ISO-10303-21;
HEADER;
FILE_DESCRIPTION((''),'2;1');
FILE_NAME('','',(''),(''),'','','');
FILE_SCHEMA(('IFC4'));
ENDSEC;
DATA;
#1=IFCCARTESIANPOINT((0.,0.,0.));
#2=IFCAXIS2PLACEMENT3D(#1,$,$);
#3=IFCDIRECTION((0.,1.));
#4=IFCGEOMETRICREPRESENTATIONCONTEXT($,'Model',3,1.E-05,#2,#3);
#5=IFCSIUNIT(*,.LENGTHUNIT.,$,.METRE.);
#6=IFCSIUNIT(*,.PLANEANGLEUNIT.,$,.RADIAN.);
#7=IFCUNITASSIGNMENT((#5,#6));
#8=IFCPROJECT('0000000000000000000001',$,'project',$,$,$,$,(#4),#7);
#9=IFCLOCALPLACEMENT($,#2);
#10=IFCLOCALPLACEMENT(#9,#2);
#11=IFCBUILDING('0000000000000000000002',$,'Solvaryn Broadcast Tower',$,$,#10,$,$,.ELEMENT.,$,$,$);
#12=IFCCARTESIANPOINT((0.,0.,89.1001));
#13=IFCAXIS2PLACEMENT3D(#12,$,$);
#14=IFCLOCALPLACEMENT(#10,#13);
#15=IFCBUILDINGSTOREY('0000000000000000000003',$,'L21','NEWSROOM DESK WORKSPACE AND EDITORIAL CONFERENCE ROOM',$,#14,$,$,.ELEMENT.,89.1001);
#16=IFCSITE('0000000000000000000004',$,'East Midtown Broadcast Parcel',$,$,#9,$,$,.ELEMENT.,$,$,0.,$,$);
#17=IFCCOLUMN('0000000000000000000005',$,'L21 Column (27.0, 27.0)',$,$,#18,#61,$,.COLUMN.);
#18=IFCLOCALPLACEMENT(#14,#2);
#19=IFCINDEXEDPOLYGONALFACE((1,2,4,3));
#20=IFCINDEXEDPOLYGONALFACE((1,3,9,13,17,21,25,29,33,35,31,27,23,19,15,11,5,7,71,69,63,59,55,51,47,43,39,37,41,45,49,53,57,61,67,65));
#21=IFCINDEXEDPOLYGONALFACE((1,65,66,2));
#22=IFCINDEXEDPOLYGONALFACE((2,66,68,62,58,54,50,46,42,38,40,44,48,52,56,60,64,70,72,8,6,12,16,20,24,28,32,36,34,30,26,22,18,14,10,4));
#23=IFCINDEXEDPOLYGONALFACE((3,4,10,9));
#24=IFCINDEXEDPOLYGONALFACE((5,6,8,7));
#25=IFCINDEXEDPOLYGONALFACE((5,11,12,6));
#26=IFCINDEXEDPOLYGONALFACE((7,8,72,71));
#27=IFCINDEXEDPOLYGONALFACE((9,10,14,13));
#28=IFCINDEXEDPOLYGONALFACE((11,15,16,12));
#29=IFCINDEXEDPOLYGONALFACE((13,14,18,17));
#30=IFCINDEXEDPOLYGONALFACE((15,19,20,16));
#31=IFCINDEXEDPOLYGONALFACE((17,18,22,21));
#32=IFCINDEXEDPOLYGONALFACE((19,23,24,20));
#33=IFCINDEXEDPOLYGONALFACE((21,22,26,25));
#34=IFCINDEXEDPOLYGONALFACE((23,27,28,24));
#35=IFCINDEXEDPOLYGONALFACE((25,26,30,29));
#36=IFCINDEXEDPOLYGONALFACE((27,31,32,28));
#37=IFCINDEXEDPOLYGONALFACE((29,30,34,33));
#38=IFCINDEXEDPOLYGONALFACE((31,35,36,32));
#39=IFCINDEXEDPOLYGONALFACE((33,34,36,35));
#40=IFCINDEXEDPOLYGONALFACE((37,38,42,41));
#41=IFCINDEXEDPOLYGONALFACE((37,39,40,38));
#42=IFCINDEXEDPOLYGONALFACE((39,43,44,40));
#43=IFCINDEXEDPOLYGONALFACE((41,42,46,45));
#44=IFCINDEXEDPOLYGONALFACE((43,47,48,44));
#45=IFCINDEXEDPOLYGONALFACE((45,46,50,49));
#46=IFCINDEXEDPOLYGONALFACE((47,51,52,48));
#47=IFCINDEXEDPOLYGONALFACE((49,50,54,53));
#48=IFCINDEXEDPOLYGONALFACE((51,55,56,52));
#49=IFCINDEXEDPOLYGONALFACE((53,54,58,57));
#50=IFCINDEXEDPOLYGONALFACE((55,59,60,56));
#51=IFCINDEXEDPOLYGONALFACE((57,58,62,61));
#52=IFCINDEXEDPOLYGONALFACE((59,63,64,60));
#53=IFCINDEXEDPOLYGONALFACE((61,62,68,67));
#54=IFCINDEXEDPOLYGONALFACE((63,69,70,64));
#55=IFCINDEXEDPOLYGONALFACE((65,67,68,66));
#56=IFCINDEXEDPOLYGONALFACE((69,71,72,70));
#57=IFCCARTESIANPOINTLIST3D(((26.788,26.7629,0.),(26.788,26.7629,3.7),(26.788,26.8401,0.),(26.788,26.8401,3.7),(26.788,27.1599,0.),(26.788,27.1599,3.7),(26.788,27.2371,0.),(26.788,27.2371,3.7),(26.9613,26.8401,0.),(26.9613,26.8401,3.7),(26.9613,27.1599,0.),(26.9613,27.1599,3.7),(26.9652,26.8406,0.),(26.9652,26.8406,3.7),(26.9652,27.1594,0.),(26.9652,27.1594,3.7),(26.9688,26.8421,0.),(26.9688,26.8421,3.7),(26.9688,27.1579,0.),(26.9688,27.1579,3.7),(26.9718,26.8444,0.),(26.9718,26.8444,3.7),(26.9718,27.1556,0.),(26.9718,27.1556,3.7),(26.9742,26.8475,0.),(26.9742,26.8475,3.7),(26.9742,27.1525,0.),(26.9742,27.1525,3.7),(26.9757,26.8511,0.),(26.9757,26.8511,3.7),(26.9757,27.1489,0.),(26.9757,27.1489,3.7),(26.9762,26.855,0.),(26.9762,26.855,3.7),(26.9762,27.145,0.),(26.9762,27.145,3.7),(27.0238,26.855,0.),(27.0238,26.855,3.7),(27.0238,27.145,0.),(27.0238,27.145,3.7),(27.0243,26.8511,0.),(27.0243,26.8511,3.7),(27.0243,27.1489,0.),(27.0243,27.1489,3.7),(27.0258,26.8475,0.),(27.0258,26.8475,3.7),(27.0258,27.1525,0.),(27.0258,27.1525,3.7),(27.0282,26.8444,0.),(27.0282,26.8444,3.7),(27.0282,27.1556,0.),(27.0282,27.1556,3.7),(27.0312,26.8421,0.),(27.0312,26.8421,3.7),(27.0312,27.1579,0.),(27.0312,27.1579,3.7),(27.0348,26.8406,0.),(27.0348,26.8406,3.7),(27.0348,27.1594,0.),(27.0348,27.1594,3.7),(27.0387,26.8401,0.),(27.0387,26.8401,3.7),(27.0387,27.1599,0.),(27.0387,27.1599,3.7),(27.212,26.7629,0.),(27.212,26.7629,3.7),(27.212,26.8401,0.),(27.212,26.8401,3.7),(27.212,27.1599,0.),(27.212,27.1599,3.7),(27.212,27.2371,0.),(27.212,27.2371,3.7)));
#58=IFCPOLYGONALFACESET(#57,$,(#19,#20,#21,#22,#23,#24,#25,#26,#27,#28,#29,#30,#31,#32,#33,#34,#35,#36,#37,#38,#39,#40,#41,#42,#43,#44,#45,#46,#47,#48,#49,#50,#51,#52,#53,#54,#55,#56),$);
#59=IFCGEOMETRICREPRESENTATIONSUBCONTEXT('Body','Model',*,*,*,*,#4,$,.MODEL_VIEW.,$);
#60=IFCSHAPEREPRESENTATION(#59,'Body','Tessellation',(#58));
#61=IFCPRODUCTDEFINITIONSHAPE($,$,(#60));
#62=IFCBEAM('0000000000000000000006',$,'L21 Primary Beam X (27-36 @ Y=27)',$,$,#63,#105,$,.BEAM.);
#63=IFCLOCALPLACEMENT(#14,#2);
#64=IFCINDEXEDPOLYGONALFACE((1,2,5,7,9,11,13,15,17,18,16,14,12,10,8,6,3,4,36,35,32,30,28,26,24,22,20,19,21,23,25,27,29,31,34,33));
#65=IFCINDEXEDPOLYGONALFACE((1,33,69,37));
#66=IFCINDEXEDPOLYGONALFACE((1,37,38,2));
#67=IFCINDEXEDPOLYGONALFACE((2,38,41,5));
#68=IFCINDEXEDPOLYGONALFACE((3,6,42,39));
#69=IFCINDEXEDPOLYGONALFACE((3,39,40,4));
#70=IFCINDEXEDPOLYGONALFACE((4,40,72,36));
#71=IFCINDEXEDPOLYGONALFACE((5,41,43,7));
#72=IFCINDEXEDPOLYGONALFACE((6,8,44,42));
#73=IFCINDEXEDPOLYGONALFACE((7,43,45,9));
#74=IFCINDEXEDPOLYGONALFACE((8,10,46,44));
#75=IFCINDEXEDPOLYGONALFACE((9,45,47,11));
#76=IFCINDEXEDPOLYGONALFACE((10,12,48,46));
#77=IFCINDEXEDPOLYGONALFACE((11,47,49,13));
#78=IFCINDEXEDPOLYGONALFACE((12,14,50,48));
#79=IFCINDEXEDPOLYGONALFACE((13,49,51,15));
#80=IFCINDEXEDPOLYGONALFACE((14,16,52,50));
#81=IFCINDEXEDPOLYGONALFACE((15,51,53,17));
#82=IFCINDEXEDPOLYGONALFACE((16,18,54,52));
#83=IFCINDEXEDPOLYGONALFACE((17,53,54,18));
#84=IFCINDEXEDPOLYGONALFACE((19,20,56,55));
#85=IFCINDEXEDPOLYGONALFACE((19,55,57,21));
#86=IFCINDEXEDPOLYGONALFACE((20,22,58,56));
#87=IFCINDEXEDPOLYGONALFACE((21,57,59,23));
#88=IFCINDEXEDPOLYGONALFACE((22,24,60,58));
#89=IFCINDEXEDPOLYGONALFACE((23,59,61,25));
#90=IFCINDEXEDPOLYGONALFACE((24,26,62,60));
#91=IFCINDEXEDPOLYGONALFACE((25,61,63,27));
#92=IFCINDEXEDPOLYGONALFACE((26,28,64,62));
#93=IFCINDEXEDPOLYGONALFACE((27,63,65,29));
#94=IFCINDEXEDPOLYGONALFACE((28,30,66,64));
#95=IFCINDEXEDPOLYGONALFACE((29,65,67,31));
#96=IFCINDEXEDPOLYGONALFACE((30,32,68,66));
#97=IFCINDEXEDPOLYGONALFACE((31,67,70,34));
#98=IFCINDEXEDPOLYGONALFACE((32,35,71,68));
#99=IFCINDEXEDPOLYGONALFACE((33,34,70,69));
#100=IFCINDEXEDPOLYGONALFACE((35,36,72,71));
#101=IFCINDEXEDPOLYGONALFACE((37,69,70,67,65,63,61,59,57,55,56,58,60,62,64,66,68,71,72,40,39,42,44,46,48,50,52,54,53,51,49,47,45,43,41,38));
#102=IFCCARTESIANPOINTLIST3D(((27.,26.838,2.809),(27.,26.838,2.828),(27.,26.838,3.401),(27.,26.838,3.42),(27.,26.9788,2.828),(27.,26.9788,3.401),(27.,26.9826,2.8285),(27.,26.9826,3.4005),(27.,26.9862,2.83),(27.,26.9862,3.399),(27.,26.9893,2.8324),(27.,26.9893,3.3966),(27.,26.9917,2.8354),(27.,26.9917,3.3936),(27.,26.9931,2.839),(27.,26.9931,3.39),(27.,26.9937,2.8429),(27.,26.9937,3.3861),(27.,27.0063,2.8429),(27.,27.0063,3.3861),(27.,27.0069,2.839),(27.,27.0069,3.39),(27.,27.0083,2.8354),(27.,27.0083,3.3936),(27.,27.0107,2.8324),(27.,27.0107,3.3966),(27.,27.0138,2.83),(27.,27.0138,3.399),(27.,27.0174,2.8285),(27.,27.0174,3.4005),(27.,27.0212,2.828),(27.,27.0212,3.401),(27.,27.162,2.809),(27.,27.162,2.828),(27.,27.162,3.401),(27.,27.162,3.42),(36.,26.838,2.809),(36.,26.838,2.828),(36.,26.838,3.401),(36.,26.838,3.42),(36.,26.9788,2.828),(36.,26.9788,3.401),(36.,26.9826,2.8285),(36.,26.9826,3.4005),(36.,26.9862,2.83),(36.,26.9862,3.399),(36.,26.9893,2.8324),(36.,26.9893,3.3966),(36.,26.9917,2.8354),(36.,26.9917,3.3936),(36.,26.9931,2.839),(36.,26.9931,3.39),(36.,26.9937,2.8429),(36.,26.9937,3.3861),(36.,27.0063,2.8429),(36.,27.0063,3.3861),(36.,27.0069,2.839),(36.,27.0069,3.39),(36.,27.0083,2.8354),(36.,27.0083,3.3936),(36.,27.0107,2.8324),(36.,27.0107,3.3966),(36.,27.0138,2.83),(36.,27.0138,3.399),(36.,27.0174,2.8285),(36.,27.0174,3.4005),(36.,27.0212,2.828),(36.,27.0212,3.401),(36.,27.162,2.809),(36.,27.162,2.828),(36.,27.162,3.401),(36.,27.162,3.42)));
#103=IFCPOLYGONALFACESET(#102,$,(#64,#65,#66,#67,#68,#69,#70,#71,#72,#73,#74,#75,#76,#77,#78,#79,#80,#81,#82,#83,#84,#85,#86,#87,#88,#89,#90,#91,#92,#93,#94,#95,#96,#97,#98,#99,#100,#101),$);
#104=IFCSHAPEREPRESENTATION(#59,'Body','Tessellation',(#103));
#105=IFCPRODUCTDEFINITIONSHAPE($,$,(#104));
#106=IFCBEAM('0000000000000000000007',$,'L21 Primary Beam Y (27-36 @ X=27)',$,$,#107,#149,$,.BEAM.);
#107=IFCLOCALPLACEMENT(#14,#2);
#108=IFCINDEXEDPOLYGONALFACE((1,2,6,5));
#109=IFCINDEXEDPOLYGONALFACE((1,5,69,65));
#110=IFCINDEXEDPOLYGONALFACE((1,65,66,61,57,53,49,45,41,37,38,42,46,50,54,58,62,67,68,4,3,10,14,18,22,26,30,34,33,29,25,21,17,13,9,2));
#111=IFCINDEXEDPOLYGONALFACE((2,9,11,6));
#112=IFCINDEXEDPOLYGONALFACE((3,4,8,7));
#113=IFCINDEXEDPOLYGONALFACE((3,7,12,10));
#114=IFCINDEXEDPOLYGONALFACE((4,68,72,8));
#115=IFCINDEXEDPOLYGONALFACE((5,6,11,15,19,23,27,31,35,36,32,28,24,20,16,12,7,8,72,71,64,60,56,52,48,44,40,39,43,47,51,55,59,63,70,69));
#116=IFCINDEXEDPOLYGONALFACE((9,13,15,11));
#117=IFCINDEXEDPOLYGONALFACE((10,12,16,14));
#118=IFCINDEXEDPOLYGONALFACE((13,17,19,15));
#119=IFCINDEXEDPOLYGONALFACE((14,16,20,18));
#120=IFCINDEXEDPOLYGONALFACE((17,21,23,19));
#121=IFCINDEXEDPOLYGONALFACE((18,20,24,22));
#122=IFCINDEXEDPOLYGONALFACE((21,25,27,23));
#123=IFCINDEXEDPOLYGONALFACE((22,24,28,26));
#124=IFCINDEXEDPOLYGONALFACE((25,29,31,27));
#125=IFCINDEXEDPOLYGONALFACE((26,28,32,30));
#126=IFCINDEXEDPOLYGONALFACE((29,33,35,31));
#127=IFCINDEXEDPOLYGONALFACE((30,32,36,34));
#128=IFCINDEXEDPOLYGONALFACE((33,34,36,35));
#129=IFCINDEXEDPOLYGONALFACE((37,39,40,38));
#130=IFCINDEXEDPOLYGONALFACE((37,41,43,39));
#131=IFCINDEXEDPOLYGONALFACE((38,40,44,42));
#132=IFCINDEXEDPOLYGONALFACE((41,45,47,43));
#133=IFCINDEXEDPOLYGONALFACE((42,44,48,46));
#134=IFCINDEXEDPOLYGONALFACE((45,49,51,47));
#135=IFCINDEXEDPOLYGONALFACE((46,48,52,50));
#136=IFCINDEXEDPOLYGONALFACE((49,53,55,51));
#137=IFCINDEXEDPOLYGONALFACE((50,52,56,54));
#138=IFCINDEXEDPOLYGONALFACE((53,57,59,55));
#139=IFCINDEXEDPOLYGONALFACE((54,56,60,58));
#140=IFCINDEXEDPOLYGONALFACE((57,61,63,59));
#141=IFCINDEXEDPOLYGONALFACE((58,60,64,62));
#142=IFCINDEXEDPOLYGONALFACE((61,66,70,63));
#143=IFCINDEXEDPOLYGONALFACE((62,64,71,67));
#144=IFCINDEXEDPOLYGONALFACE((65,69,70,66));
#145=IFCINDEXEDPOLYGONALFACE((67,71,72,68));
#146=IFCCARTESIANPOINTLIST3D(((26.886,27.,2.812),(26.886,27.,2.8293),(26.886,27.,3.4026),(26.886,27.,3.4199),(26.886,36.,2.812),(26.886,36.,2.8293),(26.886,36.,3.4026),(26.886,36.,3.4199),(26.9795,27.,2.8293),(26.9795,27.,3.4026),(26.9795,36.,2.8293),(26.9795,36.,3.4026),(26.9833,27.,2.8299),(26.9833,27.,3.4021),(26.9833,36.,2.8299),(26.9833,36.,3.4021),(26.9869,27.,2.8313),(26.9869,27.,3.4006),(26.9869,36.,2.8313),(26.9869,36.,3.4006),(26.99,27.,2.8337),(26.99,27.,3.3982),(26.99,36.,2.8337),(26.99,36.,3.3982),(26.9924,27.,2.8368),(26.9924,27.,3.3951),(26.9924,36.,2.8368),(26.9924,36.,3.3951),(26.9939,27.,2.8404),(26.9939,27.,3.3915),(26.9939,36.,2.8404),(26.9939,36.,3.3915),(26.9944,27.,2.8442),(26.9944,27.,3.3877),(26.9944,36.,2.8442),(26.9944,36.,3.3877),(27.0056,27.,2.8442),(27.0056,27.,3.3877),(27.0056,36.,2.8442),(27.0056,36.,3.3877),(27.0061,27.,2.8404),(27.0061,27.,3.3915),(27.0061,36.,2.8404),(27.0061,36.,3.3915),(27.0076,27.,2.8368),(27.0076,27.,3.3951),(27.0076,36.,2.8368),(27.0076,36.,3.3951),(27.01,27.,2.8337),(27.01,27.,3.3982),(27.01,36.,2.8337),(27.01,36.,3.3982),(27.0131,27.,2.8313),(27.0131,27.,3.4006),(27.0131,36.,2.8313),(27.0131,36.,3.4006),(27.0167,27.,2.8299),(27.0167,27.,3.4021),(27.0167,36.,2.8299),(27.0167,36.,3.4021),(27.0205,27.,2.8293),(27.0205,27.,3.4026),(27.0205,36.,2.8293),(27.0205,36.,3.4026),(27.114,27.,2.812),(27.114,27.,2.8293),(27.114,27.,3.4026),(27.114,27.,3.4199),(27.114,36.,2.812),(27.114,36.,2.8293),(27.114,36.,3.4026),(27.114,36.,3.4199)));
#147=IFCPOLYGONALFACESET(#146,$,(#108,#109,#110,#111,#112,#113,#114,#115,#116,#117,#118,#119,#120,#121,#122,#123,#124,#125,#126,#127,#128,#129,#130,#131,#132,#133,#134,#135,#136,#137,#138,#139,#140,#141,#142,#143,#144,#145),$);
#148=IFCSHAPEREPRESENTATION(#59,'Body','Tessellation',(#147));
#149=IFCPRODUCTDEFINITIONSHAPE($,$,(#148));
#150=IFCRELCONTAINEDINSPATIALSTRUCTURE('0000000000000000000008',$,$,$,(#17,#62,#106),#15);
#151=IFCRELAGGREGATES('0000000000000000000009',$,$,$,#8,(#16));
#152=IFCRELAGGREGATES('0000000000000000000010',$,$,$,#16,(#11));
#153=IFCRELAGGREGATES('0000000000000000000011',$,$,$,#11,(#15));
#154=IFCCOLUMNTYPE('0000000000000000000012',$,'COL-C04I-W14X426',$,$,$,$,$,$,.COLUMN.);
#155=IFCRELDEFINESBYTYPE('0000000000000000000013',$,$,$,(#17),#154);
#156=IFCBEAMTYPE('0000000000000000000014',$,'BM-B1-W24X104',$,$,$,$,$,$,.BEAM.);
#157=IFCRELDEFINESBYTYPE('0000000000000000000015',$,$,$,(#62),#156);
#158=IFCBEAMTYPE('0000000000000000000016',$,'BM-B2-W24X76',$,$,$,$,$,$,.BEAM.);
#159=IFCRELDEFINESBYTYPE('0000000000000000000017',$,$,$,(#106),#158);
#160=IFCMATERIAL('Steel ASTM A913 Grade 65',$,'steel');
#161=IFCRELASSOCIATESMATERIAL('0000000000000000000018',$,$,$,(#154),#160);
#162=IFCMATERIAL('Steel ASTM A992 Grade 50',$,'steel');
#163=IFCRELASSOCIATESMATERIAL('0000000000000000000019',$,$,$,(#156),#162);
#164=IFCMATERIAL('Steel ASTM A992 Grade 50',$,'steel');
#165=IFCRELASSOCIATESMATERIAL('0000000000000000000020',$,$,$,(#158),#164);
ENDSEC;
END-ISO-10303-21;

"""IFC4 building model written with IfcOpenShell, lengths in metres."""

from ifc_helpers import new_model, si_unit, direction, frame, origin, origin_2d, place, context, subcontext, project, spatial, i_section, extrude, material, material_profile, profile_set, type_object, element, save


model = new_model("IFC4")

# Units and contexts
model_context = context("Model", 3, precision=1e-05, world=origin(), true_north=direction((0.0, 1.0)))
body_context = subcontext(model_context, "Body", "Model", "MODEL_VIEW")
ifc_project = project(units=[si_unit("LENGTHUNIT", "METRE"), si_unit("PLANEANGLEUNIT", "RADIAN")], contexts=[model_context])

# Site, building, storey
site_placement = place(None, origin())
site = spatial("IfcSite", under=ifc_project, at=site_placement, Name="East Midtown Broadcast Parcel", CompositionType="ELEMENT", RefElevation=0.0)
building_placement = place(site_placement, origin())
building = spatial("IfcBuilding", under=site, at=building_placement, Name="Solvaryn Broadcast Tower", CompositionType="ELEMENT")
storey_placement = place(building_placement, frame((0.0, 0.0, 89.1001)))
storey = spatial("IfcBuildingStorey", under=building, at=storey_placement, Name="L21", Description="NEWSROOM DESK WORKSPACE AND EDITORIAL CONFERENCE ROOM", CompositionType="ELEMENT", Elevation=89.1001)

# Column
ifc_material_1 = material(Name="Steel ASTM A913 Grade 65", Category="steel")
ifc_material_profile_1 = material_profile(ifc_material_1, i_section(OverallWidth=0.4241, OverallDepth=0.4741, WebThickness=0.0476, FlangeThickness=0.0771, FilletRadius=0.0149, at=origin_2d()))
ifc_profile_set_1 = profile_set([ifc_material_profile_1], Name="Steel ASTM A913 Grade 65")
column_type = type_object("IfcColumnType", Name="COL-C04I-W14X426", PredefinedType="COLUMN", material=ifc_profile_set_1)
column_placement = place(storey_placement, frame((27.0, 27.0, 0.0), z_axis=(0.0, 0.0, 1.0), x_axis=(1.0, 0.0, 0.0)))
element("IfcColumn", 1, at=column_placement, inside=storey, type_object=column_type, Name="L21 Column (27.0, 27.0)", PredefinedType="COLUMN", context=body_context, shape_type="SweptSolid", body=[
    extrude(i_section(OverallWidth=0.4241, OverallDepth=0.4741, WebThickness=0.0476, FlangeThickness=0.0771, FilletRadius=0.0149, at=origin_2d()), origin(), (0.0, 0.0, 1.0), 3.7),
])

# Beams
ifc_material_2 = material(Name="Steel ASTM A992 Grade 50", Category="steel")
ifc_material_profile_2 = material_profile(ifc_material_2, i_section(OverallWidth=0.324, OverallDepth=0.6111, WebThickness=0.0127, FlangeThickness=0.019, FilletRadius=0.0149, at=origin_2d()))
ifc_profile_set_2 = profile_set([ifc_material_profile_2], Name="Steel ASTM A992 Grade 50")
beam_type_1 = type_object("IfcBeamType", Name="BM-B1-W24X104", PredefinedType="BEAM", material=ifc_profile_set_2)
beam_1_placement = place(storey_placement, frame((27.0, 27.0, 3.1145), z_axis=(1.0, 0.0, 0.0), x_axis=(0.0, 1.0, 0.0)))
element("IfcBeam", 2, at=beam_1_placement, inside=storey, type_object=beam_type_1, Name="L21 Primary Beam X (27-36 @ Y=27)", PredefinedType="BEAM", context=body_context, shape_type="SweptSolid", body=[
    extrude(i_section(OverallWidth=0.324, OverallDepth=0.6111, WebThickness=0.0127, FlangeThickness=0.019, FilletRadius=0.0149, at=origin_2d()), origin(), (0.0, 0.0, 1.0), 9.0),
])
ifc_material_3 = material(Name="Steel ASTM A992 Grade 50", Category="steel")
ifc_material_profile_3 = material_profile(ifc_material_3, i_section(OverallWidth=0.228, OverallDepth=0.6079, WebThickness=0.0112, FlangeThickness=0.0173, FilletRadius=0.0149, at=origin_2d()))
ifc_profile_set_3 = profile_set([ifc_material_profile_3], Name="Steel ASTM A992 Grade 50")
beam_type_2 = type_object("IfcBeamType", Name="BM-B2-W24X76", PredefinedType="BEAM", material=ifc_profile_set_3)
beam_2_placement = place(storey_placement, frame((27.0, 27.0, 3.116), z_axis=(0.0, 1.0, 0.0), x_axis=(-1.0, 0.0, 0.0)))
element("IfcBeam", 3, at=beam_2_placement, inside=storey, type_object=beam_type_2, Name="L21 Primary Beam Y (27-36 @ X=27)", PredefinedType="BEAM", context=body_context, shape_type="SweptSolid", body=[
    extrude(i_section(OverallWidth=0.228, OverallDepth=0.6079, WebThickness=0.0112, FlangeThickness=0.0173, FilletRadius=0.0149, at=origin_2d()), origin(), (0.0, 0.0, 1.0), 9.0),
])

save(model, "model.ifc")
